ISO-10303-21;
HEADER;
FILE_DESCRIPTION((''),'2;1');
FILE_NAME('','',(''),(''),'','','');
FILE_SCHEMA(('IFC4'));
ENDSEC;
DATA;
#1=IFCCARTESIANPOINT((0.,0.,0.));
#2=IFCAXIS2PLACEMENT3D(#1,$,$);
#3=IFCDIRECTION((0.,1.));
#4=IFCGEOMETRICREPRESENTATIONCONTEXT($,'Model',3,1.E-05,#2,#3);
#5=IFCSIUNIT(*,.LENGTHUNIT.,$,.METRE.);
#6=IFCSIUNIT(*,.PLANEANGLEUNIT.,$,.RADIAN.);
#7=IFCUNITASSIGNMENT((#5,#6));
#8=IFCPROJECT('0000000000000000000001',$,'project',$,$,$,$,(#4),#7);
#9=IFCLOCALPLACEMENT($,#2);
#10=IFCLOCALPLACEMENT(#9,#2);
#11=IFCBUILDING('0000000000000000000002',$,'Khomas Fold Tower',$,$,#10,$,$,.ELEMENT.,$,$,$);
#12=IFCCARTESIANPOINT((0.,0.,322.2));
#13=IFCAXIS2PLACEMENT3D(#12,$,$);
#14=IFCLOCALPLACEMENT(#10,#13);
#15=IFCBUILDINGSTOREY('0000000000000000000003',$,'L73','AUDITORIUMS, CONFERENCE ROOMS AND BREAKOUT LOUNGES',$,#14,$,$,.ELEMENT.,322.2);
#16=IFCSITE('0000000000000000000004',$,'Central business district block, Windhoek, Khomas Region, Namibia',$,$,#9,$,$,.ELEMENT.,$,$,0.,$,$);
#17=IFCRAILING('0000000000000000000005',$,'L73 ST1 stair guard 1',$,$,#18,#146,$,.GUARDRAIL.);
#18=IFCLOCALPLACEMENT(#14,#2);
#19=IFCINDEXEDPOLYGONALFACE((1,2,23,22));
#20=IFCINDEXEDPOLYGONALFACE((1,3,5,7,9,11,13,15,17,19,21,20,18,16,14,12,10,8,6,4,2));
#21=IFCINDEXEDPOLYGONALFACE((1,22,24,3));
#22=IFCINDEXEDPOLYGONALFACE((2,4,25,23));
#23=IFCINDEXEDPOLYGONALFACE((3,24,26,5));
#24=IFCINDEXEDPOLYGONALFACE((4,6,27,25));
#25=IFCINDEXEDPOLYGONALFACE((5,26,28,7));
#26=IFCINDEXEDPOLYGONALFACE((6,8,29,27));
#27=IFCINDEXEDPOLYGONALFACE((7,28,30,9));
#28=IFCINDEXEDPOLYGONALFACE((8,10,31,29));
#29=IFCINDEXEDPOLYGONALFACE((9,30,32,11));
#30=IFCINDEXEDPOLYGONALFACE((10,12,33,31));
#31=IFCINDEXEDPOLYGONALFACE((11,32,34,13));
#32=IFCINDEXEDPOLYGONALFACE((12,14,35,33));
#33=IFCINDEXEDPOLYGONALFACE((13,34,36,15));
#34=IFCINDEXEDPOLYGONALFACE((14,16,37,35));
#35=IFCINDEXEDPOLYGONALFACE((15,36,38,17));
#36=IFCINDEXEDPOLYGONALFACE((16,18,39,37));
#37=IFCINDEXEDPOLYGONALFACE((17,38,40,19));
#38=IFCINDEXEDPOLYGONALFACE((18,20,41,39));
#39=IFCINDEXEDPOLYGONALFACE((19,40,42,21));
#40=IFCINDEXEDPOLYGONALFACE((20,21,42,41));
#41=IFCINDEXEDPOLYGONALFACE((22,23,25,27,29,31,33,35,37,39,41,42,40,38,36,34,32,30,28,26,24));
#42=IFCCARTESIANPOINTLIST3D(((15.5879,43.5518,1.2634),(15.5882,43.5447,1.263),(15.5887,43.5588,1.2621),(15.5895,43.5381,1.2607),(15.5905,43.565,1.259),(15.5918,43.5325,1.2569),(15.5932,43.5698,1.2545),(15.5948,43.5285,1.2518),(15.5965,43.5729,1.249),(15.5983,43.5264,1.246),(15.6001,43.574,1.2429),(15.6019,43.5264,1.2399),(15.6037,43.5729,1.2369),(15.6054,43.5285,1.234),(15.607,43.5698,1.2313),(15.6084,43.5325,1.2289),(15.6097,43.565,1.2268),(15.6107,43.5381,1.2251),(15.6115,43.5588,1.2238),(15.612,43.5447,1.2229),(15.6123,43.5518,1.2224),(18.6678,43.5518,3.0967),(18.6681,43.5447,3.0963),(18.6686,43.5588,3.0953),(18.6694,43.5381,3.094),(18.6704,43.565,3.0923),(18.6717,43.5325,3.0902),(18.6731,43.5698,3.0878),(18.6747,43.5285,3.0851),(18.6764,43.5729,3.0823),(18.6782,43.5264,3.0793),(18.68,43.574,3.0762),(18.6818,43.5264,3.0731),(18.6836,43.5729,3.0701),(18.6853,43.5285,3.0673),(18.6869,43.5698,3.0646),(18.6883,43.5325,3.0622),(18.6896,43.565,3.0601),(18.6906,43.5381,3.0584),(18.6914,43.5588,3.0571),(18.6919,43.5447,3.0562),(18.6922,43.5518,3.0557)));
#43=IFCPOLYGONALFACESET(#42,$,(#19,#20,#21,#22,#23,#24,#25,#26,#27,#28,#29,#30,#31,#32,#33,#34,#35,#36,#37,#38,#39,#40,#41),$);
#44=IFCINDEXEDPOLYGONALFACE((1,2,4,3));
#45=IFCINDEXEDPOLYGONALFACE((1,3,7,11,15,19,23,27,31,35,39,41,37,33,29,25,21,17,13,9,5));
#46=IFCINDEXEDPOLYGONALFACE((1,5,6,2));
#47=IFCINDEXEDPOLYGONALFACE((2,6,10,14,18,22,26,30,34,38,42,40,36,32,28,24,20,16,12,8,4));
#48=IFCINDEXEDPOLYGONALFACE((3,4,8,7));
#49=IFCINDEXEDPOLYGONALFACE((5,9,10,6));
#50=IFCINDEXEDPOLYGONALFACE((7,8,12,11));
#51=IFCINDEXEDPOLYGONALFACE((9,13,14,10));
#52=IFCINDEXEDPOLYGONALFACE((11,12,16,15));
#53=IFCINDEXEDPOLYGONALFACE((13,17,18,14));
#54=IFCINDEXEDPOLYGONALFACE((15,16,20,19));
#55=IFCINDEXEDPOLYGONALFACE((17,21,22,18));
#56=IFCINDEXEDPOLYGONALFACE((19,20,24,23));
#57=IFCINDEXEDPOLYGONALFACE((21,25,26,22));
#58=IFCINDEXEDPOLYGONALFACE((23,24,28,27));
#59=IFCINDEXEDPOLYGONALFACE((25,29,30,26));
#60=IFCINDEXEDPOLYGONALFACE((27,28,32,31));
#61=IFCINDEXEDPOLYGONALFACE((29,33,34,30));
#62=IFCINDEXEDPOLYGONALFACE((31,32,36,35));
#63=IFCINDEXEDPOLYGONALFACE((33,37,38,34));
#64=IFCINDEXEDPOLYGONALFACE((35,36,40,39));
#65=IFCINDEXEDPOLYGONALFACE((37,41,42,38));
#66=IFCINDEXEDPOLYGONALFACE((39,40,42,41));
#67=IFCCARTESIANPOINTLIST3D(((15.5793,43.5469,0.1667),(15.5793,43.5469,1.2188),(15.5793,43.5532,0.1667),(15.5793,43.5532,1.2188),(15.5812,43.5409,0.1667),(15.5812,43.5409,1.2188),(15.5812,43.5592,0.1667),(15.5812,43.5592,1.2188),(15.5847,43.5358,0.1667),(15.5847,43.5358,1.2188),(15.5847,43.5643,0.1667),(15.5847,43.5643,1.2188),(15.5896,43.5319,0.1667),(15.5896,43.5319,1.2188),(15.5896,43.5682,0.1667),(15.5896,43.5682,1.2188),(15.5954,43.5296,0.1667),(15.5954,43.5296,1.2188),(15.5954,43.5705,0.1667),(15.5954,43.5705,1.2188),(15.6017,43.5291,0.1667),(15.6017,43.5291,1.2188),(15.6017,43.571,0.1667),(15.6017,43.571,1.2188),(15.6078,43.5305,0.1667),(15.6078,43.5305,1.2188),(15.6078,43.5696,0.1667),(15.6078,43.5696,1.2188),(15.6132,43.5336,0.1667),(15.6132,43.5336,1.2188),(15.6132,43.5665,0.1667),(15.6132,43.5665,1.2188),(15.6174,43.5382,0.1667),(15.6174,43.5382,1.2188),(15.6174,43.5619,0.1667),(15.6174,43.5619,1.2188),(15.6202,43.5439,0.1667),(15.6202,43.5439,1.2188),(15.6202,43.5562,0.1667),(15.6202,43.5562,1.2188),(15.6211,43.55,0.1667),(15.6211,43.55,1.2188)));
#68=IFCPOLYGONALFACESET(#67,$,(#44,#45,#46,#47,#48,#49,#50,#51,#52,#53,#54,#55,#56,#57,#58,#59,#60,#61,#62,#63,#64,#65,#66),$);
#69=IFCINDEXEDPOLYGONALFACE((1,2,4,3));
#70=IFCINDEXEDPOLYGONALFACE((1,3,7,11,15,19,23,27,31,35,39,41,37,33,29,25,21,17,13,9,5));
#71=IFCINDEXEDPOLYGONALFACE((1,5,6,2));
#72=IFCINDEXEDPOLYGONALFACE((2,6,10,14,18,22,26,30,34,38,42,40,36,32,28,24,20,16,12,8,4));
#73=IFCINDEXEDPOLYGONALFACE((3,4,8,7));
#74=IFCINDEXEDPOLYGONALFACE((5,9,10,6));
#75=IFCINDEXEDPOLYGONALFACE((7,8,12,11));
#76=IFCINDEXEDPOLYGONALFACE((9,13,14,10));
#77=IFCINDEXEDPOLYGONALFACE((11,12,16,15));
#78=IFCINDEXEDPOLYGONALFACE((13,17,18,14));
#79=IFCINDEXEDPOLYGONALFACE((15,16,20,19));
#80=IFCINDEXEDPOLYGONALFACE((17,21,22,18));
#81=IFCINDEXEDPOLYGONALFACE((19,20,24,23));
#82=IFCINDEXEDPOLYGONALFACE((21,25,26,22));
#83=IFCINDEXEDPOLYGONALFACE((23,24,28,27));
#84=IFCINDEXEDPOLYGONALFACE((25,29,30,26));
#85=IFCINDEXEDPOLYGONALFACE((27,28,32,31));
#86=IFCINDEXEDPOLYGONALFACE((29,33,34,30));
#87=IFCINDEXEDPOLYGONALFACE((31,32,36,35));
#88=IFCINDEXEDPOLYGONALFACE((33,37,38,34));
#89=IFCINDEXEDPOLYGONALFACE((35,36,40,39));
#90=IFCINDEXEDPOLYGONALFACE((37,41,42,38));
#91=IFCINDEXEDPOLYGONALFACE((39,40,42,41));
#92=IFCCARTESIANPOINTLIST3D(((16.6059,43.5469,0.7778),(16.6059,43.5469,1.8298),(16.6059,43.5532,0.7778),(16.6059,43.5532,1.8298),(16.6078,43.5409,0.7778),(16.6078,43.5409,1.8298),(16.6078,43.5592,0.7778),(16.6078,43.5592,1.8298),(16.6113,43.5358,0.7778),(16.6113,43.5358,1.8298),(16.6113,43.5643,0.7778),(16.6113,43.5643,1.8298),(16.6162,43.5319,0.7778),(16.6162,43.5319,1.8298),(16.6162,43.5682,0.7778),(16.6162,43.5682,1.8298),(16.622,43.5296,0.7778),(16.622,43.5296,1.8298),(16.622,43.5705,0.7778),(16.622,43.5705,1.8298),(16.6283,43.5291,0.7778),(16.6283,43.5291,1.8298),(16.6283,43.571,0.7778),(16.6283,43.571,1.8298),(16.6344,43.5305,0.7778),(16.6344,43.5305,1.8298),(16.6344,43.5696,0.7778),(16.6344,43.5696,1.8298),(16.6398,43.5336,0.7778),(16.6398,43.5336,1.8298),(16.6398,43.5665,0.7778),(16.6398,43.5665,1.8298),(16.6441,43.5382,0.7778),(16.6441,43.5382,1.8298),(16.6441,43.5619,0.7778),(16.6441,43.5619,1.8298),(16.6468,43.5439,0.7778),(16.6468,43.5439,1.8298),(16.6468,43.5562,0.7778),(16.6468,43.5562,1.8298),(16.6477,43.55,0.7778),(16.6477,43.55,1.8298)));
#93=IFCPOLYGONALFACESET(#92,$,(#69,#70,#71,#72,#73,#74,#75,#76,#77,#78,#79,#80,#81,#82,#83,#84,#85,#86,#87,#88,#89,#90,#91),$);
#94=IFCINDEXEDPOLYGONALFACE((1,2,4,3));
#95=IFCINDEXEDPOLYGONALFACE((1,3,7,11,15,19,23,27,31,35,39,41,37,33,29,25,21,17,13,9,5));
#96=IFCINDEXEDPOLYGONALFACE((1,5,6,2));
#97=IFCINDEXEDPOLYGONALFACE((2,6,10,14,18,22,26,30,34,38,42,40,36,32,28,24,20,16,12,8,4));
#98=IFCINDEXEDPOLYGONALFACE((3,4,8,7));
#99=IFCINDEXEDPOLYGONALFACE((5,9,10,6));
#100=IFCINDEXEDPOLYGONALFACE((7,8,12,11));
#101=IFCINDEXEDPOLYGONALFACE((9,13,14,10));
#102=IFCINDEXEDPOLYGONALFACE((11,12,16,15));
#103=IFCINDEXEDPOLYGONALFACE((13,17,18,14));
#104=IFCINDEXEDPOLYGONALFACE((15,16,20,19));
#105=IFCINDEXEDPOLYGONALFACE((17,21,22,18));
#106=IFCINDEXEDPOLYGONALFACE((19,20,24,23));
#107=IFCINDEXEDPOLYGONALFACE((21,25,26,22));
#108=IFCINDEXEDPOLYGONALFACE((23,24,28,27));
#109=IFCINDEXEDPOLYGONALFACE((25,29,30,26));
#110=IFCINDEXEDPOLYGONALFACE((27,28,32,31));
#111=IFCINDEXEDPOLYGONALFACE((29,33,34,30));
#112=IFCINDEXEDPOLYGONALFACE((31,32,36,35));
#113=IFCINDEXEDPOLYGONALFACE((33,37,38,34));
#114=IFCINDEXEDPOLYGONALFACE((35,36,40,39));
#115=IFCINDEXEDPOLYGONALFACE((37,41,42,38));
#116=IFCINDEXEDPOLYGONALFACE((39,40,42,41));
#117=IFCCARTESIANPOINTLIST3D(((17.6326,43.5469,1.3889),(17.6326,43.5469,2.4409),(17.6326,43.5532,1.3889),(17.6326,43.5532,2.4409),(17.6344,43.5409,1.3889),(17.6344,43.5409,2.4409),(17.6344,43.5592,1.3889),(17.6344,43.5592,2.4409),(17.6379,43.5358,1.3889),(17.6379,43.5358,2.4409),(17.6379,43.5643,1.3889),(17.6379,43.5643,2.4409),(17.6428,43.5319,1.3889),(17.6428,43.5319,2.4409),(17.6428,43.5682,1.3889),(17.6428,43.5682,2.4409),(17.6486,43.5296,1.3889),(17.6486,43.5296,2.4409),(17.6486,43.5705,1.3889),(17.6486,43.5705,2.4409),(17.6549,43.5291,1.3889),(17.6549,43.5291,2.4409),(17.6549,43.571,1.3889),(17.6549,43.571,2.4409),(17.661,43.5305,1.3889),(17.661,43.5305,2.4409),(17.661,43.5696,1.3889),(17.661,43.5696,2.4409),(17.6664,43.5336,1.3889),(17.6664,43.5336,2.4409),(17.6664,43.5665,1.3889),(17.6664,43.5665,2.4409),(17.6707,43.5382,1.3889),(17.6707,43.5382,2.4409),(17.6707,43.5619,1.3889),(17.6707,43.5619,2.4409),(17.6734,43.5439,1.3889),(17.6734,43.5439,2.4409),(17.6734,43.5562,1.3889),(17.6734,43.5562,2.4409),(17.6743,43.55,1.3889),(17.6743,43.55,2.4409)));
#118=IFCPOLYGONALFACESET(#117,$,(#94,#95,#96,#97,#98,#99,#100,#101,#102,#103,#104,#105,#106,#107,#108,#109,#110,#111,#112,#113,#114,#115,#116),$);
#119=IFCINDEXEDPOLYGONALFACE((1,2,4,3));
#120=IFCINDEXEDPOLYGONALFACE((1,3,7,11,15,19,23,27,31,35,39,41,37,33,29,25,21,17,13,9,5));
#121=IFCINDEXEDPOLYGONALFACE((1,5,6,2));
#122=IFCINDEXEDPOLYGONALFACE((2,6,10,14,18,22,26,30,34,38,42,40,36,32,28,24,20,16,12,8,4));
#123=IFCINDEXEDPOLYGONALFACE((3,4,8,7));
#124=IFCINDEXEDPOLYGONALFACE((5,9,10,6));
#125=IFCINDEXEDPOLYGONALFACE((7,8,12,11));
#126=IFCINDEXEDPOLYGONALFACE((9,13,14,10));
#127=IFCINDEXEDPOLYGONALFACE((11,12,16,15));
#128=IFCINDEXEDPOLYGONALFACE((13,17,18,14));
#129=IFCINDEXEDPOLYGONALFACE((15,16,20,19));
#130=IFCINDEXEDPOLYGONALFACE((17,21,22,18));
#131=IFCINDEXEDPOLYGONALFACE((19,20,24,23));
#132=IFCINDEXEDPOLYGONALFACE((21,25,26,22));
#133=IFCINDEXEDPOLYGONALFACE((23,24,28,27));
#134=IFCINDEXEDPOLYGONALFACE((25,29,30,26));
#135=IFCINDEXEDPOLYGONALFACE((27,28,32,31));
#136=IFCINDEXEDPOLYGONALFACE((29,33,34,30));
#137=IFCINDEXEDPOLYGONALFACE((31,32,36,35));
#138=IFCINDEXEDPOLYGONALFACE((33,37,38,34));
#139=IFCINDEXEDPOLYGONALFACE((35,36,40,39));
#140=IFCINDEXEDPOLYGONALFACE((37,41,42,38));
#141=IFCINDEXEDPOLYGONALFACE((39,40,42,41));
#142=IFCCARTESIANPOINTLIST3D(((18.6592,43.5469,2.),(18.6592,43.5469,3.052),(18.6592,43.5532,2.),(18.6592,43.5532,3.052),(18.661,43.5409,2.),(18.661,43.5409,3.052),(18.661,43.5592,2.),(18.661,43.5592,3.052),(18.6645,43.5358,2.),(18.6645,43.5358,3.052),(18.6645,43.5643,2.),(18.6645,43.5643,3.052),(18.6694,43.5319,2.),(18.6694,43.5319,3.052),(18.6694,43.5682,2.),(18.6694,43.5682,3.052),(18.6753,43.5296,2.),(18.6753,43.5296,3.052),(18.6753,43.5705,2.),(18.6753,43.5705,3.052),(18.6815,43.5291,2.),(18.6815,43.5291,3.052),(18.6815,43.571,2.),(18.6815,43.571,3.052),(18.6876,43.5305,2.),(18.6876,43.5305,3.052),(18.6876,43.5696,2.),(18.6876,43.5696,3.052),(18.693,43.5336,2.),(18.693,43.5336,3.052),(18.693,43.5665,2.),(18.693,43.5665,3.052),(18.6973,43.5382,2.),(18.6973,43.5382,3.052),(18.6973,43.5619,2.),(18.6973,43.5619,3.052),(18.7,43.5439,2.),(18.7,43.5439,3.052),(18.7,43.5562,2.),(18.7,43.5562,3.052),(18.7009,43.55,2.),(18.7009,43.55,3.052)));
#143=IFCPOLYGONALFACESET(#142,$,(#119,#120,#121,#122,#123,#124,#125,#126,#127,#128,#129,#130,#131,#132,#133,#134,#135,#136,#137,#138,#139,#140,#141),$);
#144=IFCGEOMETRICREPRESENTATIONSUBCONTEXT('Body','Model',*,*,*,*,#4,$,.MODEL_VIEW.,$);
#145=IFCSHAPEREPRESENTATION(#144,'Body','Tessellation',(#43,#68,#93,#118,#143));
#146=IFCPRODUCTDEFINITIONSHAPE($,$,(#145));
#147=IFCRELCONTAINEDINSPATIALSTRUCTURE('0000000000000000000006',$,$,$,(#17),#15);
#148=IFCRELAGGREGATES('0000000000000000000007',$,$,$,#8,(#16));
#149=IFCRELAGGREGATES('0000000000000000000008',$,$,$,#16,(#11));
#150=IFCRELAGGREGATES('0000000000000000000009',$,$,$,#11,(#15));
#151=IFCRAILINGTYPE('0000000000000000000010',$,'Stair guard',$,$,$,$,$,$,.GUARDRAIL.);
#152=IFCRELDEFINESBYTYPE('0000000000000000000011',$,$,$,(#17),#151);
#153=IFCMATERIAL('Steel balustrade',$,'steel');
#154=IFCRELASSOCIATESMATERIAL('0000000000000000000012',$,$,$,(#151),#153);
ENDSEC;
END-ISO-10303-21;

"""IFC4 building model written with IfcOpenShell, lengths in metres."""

from ifc_helpers import new_model, si_unit, direction, frame, origin, origin_2d, place, context, subcontext, project, spatial, circle, extrude, source, transform, mapped, material, type_object, element, save


model = new_model("IFC4")

# Units and contexts
model_context = context("Model", 3, precision=1e-05, world=origin(), true_north=direction((0.0, 1.0)))
body_context = subcontext(model_context, "Body", "Model", "MODEL_VIEW")
ifc_project = project(units=[si_unit("LENGTHUNIT", "METRE"), si_unit("PLANEANGLEUNIT", "RADIAN")], contexts=[model_context])

# Site, building, storey
site_placement = place(None, origin())
site = spatial("IfcSite", under=ifc_project, at=site_placement, Name="Central business district block, Windhoek, Khomas Region, Namibia", CompositionType="ELEMENT", RefElevation=0.0)
building_placement = place(site_placement, origin())
building = spatial("IfcBuilding", under=site, at=building_placement, Name="Khomas Fold Tower", CompositionType="ELEMENT")
storey_placement = place(building_placement, frame((0.0, 0.0, 322.2)))
storey = spatial("IfcBuildingStorey", under=building, at=storey_placement, Name="L73", Description="AUDITORIUMS, CONFERENCE ROOMS AND BREAKOUT LOUNGES", CompositionType="ELEMENT", Elevation=322.2)

# Railing
ifc_material_1 = material(Name="Steel balustrade", Category="steel")
railing_type_1 = type_object("IfcRailingType", Name="Stair guard", PredefinedType="GUARDRAIL", material=ifc_material_1)
shared_shape_1 = source(origin(), body_context, "Body", "SweptSolid", [
    extrude(circle(Radius=0.0239, at=origin_2d()), frame((0.0, 0.0, 1.0762), z_axis=(0.859291, 0.0, 0.511487), x_axis=(0.0, 1.0, 0.0)), (0.0, 0.0, 1.0), 3.5842),
    extrude(circle(Radius=0.021, at=origin_2d()), origin(), (0.0, 0.0, 1.0), 1.052),
    extrude(circle(Radius=0.021, at=origin_2d()), frame((1.0266, 0.0, 0.6111)), (0.0, 0.0, 1.0), 1.052),
    extrude(circle(Radius=0.021, at=origin_2d()), frame((2.0532, 0.0, 1.2222)), (0.0, 0.0, 1.0), 1.052),
    extrude(circle(Radius=0.021, at=origin_2d()), frame((3.0798, 0.0, 1.8333)), (0.0, 0.0, 1.0), 1.052),
])
railing_1_placement = place(storey_placement, frame((15.6001, 43.55, 0.1667)))
element("IfcRailing", 1, at=railing_1_placement, inside=storey, type_object=railing_type_1, Name="L73 ST1 stair guard 1", PredefinedType="GUARDRAIL", context=body_context, shape_type="MappedRepresentation", body=[
    mapped(shared_shape_1, transform((0.0, 0.0, 0.0))),
])

save(model, "model.ifc")
